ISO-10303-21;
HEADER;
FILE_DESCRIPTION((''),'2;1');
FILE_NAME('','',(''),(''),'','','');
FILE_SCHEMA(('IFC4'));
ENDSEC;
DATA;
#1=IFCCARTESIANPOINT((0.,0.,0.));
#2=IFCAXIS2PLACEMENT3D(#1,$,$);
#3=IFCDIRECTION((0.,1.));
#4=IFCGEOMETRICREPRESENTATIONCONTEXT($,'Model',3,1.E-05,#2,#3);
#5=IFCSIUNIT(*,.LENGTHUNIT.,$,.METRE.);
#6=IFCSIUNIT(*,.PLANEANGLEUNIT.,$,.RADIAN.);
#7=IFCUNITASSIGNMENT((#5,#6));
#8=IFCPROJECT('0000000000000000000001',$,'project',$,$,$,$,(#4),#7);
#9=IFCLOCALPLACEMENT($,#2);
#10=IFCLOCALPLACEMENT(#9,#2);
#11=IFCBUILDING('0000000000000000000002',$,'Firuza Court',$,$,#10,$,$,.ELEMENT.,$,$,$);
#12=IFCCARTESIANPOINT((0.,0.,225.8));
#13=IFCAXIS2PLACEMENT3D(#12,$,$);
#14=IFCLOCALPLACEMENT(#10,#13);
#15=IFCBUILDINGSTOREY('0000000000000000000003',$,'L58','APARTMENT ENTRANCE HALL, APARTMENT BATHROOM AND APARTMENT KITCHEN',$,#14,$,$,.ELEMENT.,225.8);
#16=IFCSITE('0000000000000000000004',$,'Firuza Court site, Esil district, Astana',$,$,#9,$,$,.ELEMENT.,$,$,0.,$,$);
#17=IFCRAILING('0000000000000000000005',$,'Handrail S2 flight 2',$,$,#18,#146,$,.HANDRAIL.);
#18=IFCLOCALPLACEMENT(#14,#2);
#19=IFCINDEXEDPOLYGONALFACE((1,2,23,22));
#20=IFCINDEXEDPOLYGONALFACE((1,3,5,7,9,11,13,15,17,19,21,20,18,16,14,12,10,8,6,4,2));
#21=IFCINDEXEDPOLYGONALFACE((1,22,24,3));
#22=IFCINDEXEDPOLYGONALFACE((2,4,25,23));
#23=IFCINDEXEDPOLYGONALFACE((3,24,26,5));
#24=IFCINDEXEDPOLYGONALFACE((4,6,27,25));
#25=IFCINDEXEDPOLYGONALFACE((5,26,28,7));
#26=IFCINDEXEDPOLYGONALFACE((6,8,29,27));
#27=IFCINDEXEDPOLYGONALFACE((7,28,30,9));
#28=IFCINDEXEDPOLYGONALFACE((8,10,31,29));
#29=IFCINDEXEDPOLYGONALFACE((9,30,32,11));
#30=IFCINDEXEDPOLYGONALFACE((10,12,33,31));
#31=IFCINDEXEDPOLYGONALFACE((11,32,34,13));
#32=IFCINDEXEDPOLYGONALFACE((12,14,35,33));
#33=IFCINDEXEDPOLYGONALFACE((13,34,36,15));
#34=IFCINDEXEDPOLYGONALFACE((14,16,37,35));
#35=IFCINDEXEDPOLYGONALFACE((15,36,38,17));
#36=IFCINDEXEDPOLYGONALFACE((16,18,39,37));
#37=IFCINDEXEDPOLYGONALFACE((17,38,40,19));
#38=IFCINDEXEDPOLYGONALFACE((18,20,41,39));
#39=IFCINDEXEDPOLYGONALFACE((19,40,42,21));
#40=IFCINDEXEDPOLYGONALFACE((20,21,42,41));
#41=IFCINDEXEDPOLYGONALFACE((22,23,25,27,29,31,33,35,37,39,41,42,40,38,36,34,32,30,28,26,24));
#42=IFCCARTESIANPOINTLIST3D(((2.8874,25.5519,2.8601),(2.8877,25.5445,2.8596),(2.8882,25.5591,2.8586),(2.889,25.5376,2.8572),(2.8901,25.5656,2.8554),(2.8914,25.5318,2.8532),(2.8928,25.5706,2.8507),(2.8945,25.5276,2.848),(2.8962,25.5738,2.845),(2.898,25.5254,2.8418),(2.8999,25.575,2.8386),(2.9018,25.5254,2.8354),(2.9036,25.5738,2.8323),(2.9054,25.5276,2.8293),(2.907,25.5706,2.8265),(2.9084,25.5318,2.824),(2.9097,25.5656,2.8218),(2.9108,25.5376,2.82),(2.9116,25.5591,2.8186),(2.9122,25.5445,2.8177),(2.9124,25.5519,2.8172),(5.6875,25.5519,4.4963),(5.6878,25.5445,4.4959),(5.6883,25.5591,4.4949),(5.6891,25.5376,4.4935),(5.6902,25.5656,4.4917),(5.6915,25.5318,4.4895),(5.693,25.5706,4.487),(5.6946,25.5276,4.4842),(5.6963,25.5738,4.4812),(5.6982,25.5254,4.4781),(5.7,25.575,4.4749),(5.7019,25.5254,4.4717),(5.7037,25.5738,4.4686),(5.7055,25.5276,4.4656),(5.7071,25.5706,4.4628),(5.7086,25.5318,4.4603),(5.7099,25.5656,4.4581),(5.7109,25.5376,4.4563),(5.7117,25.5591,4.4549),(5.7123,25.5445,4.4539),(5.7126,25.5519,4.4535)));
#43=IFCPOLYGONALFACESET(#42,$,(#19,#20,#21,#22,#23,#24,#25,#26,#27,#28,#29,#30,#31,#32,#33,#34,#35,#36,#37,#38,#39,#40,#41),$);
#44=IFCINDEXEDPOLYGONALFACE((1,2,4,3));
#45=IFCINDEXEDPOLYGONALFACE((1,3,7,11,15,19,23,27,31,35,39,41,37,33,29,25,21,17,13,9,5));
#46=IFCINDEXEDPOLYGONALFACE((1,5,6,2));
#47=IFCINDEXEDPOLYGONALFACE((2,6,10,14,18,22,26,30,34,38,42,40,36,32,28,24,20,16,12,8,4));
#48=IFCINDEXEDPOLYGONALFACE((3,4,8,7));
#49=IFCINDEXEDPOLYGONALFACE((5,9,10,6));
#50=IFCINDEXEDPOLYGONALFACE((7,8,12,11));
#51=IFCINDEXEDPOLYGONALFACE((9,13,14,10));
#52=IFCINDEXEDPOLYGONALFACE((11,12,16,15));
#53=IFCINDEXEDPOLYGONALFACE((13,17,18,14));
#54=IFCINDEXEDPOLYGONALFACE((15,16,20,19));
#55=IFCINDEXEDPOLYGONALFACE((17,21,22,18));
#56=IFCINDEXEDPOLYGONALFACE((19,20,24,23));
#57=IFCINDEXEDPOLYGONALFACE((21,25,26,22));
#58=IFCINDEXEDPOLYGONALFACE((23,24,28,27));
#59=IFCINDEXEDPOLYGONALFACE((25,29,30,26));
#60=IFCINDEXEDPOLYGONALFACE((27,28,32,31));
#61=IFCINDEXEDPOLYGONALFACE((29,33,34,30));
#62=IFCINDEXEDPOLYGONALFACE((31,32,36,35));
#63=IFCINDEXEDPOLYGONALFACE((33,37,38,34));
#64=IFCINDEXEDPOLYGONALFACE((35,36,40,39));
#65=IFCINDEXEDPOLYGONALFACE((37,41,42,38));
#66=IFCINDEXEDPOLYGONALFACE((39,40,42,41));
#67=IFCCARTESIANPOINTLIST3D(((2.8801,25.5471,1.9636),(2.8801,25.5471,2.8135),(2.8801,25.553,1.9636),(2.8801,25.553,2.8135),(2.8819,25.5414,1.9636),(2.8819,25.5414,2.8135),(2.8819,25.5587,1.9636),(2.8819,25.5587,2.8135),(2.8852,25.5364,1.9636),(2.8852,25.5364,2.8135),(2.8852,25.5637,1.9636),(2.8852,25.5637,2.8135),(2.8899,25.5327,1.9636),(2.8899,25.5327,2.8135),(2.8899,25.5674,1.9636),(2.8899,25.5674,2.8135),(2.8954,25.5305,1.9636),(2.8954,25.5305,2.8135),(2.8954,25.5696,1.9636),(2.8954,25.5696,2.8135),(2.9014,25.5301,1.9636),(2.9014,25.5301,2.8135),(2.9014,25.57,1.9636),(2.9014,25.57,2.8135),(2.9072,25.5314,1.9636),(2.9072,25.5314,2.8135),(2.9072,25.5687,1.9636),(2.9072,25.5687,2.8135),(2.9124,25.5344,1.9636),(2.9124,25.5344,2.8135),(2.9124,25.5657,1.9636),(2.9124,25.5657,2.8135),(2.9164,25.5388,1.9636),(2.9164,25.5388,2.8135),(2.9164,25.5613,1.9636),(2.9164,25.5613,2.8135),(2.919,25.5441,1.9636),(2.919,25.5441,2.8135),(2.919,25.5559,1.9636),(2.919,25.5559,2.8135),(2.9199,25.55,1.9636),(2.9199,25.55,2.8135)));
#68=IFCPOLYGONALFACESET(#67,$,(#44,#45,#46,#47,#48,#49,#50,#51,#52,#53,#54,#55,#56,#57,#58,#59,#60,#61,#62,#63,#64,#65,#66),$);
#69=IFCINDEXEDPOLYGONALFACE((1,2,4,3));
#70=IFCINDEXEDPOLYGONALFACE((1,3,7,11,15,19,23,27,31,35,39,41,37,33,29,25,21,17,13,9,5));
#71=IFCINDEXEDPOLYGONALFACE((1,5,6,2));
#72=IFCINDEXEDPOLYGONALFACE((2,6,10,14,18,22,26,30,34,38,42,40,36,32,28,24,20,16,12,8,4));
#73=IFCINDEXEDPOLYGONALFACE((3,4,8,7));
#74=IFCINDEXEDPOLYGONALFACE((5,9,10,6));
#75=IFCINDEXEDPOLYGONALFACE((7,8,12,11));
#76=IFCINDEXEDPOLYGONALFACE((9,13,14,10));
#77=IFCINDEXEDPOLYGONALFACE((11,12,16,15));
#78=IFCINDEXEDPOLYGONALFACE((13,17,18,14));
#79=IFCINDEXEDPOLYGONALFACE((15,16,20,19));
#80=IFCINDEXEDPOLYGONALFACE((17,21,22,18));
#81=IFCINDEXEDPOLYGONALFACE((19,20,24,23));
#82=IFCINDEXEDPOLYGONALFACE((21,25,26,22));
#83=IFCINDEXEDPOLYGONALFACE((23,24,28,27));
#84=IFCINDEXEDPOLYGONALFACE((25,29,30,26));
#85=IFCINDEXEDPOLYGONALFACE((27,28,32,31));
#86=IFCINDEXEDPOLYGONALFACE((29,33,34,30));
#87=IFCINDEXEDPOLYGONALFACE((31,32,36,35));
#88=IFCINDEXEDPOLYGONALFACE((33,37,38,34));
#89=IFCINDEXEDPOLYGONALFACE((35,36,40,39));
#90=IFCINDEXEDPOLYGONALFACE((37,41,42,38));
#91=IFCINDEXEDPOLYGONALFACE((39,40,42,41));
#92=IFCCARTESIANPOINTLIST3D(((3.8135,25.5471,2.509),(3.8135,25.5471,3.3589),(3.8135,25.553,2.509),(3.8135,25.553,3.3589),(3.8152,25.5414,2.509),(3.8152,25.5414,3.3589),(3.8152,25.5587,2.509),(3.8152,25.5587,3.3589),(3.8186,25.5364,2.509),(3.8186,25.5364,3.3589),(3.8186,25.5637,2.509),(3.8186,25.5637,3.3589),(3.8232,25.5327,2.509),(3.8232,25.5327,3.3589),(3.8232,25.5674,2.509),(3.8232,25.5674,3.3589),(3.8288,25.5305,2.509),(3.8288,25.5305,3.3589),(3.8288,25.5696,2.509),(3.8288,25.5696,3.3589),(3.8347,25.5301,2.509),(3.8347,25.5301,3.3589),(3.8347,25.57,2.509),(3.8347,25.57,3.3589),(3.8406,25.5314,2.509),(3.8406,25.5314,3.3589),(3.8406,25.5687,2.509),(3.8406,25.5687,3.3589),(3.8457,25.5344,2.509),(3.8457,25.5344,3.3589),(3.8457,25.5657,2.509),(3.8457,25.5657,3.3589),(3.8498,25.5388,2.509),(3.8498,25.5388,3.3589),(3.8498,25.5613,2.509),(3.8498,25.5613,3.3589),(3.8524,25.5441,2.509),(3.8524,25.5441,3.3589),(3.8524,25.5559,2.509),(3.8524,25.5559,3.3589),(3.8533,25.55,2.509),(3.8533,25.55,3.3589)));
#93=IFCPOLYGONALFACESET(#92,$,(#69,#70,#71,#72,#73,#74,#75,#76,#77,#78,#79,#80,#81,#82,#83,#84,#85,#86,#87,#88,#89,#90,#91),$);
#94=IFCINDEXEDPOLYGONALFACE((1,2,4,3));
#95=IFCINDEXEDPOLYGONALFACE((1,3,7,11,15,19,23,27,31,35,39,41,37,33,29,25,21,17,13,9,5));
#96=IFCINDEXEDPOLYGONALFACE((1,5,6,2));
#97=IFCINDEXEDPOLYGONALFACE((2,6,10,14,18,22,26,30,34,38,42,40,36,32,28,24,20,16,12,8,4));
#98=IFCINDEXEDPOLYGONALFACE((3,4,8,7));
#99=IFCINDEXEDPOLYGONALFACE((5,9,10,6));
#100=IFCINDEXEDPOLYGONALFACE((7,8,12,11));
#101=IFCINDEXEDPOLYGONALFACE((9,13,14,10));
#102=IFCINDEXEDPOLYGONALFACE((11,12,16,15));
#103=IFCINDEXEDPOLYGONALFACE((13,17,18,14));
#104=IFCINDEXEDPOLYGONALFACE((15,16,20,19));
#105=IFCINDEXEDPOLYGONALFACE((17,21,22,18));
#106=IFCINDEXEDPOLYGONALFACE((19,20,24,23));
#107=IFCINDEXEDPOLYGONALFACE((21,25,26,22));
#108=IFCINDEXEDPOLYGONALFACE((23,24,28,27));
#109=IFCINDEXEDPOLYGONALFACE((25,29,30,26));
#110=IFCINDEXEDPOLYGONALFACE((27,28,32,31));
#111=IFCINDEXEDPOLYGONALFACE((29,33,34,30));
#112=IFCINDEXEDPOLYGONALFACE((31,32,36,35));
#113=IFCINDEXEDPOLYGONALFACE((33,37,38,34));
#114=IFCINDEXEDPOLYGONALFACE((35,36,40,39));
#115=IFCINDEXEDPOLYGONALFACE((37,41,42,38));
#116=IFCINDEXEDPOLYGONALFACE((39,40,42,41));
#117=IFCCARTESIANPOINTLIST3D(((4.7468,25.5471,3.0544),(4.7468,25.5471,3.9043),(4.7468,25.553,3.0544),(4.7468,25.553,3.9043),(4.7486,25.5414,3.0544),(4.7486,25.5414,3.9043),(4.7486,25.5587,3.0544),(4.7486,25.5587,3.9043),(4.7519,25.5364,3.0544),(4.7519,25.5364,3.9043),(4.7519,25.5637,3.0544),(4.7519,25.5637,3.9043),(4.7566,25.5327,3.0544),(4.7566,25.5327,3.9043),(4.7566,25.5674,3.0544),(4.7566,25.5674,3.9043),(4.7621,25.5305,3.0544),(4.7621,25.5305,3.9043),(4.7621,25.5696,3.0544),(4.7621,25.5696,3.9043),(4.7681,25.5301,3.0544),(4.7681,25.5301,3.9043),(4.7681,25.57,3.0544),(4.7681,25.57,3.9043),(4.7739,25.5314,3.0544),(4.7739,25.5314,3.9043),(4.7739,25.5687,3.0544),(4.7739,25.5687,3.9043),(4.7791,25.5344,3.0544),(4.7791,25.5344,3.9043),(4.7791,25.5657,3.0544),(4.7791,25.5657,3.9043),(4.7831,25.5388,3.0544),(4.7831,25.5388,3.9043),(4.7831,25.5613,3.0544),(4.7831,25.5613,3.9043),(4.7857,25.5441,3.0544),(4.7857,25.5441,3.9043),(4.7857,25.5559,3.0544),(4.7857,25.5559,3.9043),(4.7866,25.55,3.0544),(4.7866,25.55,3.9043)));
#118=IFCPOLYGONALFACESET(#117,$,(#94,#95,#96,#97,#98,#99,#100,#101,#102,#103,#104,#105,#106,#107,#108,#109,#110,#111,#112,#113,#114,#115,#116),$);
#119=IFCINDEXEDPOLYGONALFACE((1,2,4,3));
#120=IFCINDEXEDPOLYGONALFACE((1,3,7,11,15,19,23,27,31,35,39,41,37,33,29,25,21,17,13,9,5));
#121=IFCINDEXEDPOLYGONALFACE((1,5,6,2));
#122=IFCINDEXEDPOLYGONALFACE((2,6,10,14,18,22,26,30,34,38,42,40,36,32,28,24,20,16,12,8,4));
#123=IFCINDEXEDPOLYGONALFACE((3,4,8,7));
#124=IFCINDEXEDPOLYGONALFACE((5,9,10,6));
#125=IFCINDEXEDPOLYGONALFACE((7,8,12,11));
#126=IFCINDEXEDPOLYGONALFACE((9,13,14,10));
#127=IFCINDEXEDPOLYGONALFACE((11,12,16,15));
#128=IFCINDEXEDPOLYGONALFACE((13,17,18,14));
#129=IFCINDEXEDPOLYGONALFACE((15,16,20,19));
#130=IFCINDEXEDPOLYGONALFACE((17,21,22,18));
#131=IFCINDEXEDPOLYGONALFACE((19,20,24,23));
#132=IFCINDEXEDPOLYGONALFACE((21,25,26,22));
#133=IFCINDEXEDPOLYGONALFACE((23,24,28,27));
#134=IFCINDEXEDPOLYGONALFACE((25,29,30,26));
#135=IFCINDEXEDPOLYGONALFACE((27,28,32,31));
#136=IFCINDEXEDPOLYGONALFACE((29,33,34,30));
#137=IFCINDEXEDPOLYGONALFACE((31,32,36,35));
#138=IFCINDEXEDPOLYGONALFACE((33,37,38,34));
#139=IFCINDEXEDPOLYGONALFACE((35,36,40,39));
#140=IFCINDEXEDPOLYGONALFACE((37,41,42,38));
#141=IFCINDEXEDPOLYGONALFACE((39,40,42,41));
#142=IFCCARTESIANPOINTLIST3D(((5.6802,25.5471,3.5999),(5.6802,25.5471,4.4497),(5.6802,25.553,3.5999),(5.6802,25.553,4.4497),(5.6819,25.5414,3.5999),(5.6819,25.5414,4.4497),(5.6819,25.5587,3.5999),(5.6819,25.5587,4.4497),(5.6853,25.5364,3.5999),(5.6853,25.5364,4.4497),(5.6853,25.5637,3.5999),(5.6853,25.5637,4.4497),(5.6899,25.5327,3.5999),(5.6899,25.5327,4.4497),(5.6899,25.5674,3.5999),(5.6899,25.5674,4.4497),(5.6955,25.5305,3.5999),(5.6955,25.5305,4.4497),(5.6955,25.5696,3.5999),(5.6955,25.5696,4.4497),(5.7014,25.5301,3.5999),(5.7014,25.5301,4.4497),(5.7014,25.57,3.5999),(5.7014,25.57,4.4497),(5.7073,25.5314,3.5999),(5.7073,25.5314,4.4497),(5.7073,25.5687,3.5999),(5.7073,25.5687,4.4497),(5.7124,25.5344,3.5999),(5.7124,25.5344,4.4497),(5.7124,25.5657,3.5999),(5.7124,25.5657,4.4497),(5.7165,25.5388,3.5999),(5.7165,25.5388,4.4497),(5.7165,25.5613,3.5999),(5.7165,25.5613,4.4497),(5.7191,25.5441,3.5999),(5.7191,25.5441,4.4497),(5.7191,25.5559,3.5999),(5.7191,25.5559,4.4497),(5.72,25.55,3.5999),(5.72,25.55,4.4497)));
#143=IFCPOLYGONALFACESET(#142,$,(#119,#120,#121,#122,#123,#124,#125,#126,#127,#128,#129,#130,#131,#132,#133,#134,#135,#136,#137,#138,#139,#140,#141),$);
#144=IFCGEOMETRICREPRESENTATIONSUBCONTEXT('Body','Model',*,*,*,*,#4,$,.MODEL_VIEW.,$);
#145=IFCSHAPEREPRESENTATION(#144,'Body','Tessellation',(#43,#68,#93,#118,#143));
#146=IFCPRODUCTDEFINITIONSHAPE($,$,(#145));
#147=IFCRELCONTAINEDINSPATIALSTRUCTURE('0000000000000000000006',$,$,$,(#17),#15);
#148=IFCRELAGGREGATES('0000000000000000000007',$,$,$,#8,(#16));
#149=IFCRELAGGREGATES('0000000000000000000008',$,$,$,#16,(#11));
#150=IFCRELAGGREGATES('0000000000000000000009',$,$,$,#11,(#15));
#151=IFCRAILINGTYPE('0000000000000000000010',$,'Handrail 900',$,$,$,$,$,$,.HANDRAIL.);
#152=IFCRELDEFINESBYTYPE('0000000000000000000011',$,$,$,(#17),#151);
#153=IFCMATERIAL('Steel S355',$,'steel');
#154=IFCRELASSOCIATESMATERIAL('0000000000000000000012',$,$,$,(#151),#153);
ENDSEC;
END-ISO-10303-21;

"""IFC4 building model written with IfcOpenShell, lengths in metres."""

from ifc_helpers import new_model, si_unit, direction, frame, origin, origin_2d, place, context, subcontext, project, spatial, circle, extrude, material, type_object, element, save


model = new_model("IFC4")

# Units and contexts
model_context = context("Model", 3, precision=1e-05, world=origin(), true_north=direction((0.0, 1.0)))
body_context = subcontext(model_context, "Body", "Model", "MODEL_VIEW")
ifc_project = project(units=[si_unit("LENGTHUNIT", "METRE"), si_unit("PLANEANGLEUNIT", "RADIAN")], contexts=[model_context])

# Site, building, storey
site_placement = place(None, origin())
site = spatial("IfcSite", under=ifc_project, at=site_placement, Name="Firuza Court site, Esil district, Astana", CompositionType="ELEMENT", RefElevation=0.0)
building_placement = place(site_placement, origin())
building = spatial("IfcBuilding", under=site, at=building_placement, Name="Firuza Court", CompositionType="ELEMENT")
storey_placement = place(building_placement, frame((0.0, 0.0, 225.8)))
storey = spatial("IfcBuildingStorey", under=building, at=storey_placement, Name="L58", Description="APARTMENT ENTRANCE HALL, APARTMENT BATHROOM AND APARTMENT KITCHEN", CompositionType="ELEMENT", Elevation=225.8)

# Railing
ifc_material_1 = material(Name="Steel S355", Category="steel")
railing_type = type_object("IfcRailingType", Name="Handrail 900", PredefinedType="HANDRAIL", material=ifc_material_1)
railing_placement = place(storey_placement, frame((2.8999, 25.55, 1.9636)))
element("IfcRailing", 1, at=railing_placement, inside=storey, type_object=railing_type, Name="Handrail S2 flight 2", PredefinedType="HANDRAIL", context=body_context, shape_type="SweptSolid", body=[
    extrude(circle(Radius=0.0249, at=origin_2d()), frame((0.0, 0.0, 0.875), z_axis=(0.863394, 0.0, 0.504531), x_axis=(0.0, 1.0, 0.0)), (0.0, 0.0, 1.0), 3.2432),
    extrude(circle(Radius=0.02, at=origin_2d()), origin(), (0.0, 0.0, 1.0), 0.8499),
    extrude(circle(Radius=0.02, at=origin_2d()), frame((0.9333, 0.0, 0.5454)), (0.0, 0.0, 1.0), 0.8499),
    extrude(circle(Radius=0.02, at=origin_2d()), frame((1.8667, 0.0, 1.0908)), (0.0, 0.0, 1.0), 0.8499),
    extrude(circle(Radius=0.02, at=origin_2d()), frame((2.8, 0.0, 1.6362)), (0.0, 0.0, 1.0), 0.8499),
])

save(model, "model.ifc")
